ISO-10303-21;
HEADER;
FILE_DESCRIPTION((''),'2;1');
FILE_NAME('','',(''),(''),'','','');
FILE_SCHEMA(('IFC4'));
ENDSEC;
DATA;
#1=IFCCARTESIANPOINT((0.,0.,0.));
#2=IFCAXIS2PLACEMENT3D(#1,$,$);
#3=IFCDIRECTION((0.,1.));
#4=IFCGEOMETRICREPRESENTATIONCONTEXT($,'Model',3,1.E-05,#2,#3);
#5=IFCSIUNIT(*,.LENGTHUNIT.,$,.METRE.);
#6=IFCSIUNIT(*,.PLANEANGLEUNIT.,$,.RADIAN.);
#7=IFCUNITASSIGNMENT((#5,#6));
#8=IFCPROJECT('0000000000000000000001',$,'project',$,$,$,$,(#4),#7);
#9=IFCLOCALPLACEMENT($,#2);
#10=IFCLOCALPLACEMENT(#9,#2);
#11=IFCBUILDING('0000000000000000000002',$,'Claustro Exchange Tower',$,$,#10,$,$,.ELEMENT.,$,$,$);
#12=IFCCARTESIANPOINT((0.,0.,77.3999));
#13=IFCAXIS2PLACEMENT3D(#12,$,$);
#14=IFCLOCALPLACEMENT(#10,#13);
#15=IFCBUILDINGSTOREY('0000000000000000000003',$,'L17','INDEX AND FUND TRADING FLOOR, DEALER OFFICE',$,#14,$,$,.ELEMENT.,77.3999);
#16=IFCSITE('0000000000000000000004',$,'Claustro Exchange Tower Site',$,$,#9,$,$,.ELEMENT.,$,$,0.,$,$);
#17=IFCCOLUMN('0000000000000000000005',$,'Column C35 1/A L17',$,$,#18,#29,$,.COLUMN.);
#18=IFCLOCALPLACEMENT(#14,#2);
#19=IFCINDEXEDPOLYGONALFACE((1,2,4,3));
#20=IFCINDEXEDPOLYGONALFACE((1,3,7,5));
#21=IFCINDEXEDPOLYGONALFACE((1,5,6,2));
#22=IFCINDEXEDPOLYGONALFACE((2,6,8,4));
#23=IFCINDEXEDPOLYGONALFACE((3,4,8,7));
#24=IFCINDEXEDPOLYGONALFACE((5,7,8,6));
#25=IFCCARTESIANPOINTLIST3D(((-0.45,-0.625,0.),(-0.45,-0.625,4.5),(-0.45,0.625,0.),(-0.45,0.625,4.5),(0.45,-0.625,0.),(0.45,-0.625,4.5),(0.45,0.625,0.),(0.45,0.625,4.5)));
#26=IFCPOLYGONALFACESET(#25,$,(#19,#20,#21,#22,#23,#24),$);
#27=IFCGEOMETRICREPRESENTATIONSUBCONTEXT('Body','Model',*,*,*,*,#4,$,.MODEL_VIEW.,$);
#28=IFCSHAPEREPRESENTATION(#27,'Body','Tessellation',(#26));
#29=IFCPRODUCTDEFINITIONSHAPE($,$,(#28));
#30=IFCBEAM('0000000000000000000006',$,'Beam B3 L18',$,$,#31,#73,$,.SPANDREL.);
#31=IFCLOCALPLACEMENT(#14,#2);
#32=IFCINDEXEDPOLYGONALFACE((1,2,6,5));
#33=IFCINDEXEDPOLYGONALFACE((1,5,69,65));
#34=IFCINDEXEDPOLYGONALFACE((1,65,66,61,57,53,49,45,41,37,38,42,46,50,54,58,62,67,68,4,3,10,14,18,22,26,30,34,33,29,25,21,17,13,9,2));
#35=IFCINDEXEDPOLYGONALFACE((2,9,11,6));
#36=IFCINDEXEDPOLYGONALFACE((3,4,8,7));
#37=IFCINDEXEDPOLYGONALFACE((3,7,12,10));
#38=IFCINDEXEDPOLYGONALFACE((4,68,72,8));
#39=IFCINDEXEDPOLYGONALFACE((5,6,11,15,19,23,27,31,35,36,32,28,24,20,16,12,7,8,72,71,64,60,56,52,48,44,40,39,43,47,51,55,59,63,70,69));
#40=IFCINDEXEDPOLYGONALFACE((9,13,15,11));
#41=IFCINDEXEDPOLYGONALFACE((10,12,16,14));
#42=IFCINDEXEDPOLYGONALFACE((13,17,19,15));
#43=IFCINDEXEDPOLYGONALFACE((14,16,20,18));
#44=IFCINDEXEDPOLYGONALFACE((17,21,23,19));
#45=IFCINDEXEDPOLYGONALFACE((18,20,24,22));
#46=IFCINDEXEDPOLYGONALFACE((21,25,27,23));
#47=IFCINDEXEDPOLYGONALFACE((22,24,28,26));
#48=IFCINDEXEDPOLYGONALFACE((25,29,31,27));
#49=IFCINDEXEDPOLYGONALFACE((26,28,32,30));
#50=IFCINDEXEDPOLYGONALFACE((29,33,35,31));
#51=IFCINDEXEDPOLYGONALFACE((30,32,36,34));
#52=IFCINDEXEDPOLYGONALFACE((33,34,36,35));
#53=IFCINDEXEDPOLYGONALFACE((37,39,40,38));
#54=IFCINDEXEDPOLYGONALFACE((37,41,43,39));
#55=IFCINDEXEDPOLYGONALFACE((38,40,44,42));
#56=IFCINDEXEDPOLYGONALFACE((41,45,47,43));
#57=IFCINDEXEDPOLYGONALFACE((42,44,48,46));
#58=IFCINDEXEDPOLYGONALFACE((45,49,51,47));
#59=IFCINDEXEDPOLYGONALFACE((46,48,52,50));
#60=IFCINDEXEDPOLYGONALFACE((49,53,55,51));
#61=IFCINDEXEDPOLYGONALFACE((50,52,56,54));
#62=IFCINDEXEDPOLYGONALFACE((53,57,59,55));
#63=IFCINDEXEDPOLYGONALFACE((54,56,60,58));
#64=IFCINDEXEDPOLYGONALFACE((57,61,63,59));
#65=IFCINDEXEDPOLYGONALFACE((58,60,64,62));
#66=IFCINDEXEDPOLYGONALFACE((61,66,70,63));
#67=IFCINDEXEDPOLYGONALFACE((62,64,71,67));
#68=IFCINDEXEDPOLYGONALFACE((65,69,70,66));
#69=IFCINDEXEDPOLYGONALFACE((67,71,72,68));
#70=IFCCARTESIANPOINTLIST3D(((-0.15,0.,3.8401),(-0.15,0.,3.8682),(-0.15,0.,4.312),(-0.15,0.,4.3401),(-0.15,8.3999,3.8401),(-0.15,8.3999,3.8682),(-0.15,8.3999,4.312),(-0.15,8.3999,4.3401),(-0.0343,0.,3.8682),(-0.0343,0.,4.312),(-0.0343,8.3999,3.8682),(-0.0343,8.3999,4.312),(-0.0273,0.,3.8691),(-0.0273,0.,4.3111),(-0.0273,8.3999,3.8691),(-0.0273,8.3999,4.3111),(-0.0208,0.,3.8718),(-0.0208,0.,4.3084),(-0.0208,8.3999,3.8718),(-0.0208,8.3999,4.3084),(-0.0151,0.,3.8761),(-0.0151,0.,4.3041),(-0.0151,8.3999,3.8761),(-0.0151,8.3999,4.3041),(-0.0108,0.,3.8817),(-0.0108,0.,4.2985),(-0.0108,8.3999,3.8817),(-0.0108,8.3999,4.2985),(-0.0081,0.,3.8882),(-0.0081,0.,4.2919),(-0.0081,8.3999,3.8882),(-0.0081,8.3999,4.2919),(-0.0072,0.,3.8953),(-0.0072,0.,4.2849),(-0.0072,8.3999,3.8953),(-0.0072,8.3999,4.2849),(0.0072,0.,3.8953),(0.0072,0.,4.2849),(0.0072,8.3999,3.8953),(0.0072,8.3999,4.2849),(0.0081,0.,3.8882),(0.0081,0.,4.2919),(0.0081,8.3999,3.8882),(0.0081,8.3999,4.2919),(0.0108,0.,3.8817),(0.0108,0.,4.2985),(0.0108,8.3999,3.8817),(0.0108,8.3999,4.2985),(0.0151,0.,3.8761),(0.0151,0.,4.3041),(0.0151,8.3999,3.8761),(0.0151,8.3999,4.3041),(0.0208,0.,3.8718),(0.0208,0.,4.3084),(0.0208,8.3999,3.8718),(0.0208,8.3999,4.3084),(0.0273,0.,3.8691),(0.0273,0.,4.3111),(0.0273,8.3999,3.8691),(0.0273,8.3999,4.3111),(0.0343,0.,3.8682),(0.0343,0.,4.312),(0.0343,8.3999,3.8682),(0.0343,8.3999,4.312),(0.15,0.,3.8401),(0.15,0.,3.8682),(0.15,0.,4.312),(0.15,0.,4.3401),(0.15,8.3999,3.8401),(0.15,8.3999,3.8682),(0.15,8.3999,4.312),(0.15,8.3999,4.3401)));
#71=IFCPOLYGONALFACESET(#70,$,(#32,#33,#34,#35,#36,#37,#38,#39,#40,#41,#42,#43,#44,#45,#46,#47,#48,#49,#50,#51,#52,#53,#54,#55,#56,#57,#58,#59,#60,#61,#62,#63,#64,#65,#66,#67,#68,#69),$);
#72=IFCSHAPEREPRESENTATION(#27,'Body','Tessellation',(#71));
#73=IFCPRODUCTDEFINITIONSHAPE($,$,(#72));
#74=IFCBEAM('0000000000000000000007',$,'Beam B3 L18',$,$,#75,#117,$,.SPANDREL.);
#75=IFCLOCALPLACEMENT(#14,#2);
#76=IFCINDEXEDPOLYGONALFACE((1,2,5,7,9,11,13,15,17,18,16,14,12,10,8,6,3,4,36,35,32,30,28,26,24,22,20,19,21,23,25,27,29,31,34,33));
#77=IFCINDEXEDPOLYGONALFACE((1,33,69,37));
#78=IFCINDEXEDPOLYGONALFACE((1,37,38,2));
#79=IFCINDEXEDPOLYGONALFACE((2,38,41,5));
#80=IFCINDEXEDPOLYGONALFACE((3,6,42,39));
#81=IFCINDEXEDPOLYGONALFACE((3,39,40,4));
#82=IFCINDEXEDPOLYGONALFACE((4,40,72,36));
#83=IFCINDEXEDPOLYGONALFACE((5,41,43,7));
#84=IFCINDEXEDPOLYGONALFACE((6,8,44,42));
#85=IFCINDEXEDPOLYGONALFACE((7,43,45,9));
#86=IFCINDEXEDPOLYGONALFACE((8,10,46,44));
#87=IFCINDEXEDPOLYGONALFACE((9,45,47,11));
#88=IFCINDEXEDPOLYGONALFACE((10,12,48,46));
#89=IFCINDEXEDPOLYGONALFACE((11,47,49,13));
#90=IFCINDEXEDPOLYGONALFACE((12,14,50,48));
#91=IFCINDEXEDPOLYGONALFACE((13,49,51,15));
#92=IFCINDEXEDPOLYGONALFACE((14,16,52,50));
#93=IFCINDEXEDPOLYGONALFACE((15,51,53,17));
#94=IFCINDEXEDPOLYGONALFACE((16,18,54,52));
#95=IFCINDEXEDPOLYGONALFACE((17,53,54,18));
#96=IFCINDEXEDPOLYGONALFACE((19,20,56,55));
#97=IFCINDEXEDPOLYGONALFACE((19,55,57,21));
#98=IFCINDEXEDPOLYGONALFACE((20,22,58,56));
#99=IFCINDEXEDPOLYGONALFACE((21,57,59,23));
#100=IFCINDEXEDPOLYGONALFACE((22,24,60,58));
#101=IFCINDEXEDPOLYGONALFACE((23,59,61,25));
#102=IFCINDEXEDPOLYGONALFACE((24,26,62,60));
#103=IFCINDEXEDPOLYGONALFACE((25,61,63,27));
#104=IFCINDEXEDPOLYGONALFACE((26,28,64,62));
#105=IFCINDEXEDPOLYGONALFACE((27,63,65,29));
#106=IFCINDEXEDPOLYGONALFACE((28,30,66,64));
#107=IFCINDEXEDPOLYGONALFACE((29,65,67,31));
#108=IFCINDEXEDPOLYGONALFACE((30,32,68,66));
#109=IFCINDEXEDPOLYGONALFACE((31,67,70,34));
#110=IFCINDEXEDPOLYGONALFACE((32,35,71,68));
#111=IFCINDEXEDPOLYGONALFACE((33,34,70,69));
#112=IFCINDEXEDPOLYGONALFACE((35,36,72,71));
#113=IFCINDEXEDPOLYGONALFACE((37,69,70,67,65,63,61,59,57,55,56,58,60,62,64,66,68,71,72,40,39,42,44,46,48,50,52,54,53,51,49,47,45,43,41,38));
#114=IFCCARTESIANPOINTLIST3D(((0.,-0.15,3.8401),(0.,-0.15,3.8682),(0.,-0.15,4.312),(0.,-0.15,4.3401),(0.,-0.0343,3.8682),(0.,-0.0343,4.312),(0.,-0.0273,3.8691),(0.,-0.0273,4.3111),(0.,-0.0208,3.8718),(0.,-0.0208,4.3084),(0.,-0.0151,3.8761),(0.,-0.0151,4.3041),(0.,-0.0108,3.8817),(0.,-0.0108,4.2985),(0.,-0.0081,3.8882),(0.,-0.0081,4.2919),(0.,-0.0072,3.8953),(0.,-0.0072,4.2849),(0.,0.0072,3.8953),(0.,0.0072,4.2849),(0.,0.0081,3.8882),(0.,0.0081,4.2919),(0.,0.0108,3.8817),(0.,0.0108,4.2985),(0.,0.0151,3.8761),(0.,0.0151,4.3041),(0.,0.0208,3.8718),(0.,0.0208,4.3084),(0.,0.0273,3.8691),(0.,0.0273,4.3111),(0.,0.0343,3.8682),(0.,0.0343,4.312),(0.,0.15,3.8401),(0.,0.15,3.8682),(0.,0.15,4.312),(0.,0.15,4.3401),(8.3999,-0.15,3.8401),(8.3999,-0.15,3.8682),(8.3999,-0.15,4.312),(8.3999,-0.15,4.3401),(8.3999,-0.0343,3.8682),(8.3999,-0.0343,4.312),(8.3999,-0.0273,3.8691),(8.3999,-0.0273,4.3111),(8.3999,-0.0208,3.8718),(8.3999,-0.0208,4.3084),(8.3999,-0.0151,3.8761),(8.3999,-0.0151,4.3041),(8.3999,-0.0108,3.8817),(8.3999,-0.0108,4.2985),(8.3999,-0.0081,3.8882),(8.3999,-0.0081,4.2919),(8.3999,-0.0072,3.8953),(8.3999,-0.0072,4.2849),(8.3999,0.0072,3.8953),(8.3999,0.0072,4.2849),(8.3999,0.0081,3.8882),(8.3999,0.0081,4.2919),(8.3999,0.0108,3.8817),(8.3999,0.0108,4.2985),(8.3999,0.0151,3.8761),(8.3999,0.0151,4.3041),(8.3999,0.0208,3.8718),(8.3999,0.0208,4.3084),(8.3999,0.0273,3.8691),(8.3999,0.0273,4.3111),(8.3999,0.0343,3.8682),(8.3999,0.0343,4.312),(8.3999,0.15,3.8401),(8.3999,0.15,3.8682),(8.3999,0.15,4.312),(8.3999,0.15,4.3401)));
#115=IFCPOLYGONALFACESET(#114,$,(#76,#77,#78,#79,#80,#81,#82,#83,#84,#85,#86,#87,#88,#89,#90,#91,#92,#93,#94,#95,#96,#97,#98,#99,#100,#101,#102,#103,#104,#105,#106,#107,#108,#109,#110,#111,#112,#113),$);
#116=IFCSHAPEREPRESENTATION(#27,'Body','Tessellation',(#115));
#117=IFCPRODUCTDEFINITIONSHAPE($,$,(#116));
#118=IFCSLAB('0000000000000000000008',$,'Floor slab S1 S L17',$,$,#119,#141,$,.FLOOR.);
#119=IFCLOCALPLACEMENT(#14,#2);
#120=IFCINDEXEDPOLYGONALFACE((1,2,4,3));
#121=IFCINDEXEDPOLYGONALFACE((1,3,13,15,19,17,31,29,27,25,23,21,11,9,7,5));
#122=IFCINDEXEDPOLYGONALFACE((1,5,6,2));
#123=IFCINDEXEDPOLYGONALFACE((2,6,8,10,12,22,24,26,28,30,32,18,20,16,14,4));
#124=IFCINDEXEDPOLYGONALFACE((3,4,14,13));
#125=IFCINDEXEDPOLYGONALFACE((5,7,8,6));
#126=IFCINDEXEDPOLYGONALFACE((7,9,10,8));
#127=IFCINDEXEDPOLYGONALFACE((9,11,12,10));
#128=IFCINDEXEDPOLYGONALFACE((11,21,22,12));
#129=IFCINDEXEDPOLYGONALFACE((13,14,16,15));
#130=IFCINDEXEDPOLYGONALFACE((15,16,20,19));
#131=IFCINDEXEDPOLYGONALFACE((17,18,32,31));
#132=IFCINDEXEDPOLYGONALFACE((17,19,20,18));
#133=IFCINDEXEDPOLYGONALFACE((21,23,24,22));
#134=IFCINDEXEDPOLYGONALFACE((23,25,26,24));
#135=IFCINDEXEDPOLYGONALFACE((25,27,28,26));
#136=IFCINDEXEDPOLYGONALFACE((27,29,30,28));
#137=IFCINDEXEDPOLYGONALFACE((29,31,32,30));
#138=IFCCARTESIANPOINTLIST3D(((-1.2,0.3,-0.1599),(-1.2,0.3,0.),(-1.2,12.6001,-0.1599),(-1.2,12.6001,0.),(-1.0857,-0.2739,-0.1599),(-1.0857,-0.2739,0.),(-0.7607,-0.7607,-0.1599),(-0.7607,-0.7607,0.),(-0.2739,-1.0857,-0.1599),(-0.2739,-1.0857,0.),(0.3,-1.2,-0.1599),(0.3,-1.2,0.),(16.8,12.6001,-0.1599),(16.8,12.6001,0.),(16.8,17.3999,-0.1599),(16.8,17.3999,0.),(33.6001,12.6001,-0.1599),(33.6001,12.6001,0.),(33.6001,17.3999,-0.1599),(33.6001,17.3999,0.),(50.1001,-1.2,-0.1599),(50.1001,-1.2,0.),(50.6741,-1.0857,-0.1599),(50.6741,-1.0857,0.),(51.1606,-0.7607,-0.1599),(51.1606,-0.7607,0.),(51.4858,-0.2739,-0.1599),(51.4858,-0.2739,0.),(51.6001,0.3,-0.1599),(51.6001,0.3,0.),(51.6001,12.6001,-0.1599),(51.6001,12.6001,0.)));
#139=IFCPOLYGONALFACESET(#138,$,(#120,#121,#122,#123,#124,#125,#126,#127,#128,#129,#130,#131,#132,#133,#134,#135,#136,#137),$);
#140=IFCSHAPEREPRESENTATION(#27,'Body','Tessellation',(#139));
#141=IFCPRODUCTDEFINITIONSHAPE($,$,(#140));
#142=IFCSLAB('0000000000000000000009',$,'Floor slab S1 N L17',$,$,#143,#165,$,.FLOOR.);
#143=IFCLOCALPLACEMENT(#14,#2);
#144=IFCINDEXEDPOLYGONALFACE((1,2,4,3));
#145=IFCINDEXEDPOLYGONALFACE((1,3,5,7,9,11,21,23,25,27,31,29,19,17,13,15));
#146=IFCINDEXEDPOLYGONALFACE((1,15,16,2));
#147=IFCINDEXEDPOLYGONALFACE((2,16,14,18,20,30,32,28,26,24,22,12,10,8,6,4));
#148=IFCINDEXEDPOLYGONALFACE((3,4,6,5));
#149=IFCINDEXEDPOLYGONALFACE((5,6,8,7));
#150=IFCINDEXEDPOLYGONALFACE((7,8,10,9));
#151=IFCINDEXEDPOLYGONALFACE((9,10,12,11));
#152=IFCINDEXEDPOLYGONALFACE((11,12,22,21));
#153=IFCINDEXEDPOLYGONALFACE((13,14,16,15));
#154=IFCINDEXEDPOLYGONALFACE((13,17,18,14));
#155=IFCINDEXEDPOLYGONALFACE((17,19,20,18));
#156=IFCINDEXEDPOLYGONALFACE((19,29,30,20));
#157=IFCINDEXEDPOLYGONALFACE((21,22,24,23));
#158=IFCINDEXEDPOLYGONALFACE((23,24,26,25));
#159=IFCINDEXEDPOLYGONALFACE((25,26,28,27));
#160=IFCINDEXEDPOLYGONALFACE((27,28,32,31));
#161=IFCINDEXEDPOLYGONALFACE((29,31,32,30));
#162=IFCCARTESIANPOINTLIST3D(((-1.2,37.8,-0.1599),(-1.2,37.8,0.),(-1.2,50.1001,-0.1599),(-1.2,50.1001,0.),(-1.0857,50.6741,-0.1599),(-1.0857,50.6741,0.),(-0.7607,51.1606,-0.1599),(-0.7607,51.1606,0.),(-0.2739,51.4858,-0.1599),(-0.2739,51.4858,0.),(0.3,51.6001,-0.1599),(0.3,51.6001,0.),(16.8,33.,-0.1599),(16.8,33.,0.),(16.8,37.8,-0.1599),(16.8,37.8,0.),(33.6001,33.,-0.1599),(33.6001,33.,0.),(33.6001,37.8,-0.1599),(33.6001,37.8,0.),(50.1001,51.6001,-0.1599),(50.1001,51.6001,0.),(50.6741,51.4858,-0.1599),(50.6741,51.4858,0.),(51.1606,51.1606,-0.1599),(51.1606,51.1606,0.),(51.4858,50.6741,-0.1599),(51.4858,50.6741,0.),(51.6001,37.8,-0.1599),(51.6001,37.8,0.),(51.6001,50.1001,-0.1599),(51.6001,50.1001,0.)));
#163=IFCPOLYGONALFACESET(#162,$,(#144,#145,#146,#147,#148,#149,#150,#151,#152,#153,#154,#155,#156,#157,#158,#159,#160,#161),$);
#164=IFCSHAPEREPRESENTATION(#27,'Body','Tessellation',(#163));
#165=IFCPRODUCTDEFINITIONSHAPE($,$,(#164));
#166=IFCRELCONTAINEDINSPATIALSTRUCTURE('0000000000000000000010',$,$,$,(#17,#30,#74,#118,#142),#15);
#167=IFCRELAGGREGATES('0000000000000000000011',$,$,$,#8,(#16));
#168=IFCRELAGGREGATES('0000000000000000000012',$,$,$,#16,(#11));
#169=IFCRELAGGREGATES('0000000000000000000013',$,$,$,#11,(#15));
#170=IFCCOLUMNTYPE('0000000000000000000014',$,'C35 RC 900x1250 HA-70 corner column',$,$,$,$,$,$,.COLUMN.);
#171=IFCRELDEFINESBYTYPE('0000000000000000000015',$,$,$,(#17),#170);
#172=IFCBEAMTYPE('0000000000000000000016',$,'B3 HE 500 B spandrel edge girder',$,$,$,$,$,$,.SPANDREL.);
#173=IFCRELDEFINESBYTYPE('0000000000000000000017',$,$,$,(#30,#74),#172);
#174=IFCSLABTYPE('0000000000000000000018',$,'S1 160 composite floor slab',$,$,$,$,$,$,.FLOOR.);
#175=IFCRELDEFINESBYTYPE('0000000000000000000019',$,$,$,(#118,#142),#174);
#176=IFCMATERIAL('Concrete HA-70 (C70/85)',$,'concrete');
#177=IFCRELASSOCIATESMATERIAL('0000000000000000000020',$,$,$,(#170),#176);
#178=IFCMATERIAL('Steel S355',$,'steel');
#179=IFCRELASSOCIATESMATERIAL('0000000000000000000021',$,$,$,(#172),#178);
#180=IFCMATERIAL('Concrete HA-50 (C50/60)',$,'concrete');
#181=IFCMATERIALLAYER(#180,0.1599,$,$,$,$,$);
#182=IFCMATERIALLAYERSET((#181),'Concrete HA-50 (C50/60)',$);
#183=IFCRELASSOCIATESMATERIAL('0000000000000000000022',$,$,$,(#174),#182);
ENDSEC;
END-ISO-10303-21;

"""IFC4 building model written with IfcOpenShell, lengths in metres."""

from ifc_helpers import new_model, si_unit, direction, frame, origin, origin_with_axes, origin_2d, place, context, subcontext, project, spatial, polyline, rectangle, i_section, outline, extrude, material, layer, layer_set, material_profile, profile_set, type_object, element, save


model = new_model("IFC4")

# Units and contexts
model_context = context("Model", 3, precision=1e-05, world=origin(), true_north=direction((0.0, 1.0)))
body_context = subcontext(model_context, "Body", "Model", "MODEL_VIEW")
ifc_project = project(units=[si_unit("LENGTHUNIT", "METRE"), si_unit("PLANEANGLEUNIT", "RADIAN")], contexts=[model_context])

# Site, building, storey
site_placement = place(None, origin())
site = spatial("IfcSite", under=ifc_project, at=site_placement, Name="Claustro Exchange Tower Site", CompositionType="ELEMENT", RefElevation=0.0)
building_placement = place(site_placement, origin())
building = spatial("IfcBuilding", under=site, at=building_placement, Name="Claustro Exchange Tower", CompositionType="ELEMENT")
storey_placement = place(building_placement, frame((0.0, 0.0, 77.3999)))
storey = spatial("IfcBuildingStorey", under=building, at=storey_placement, Name="L17", Description="INDEX AND FUND TRADING FLOOR, DEALER OFFICE", CompositionType="ELEMENT", Elevation=77.3999)

# Column
ifc_material_1 = material(Name="Concrete HA-70 (C70/85)", Category="concrete")
ifc_material_profile_1 = material_profile(ifc_material_1, rectangle(XDim=0.8999, YDim=1.25, at=origin_2d()), Name="RC 900x1250")
ifc_profile_set_1 = profile_set([ifc_material_profile_1], Name="Concrete HA-70 (C70/85)")
column_type = type_object("IfcColumnType", Name="C35 RC 900x1250 HA-70 corner column", PredefinedType="COLUMN", material=ifc_profile_set_1)
column_placement = place(storey_placement, origin_with_axes())
element("IfcColumn", 1, at=column_placement, inside=storey, type_object=column_type, Name="Column C35 1/A L17", PredefinedType="COLUMN", context=body_context, shape_type="SweptSolid", body=[
    extrude(rectangle(XDim=0.8999, YDim=1.25, at=origin_2d()), origin(), (0.0, 0.0, 1.0), 4.5),
])

# Beams
ifc_material_2 = material(Name="Steel S355", Category="steel")
ifc_material_profile_2 = material_profile(ifc_material_2, i_section(OverallWidth=0.3, OverallDepth=0.5, WebThickness=0.0144, FlangeThickness=0.0281, FilletRadius=0.0271, at=origin_2d()), Name="HE 500 B")
ifc_profile_set_2 = profile_set([ifc_material_profile_2], Name="Steel S355")
beam_type = type_object("IfcBeamType", Name="B3 HE 500 B spandrel edge girder", PredefinedType="SPANDREL", material=ifc_profile_set_2)
for number, where, z_axis, x_axis, name in (
    (2, (0.0, 0.0, 4.0901), (0.0, 1.0, 0.0), (-1.0, 0.0, 0.0), "Beam B3 L18"),
    (3, (0.0, 0.0, 4.0901), (1.0, 0.0, 0.0), (0.0, 1.0, 0.0), "Beam B3 L18"),
):
    element("IfcBeam", number, at=place(storey_placement, frame(where, z_axis=z_axis, x_axis=x_axis)), inside=storey, type_object=beam_type, Name=name, PredefinedType="SPANDREL", context=body_context, shape_type="SweptSolid", body=[
        extrude(i_section(OverallWidth=0.3, OverallDepth=0.5, WebThickness=0.0144, FlangeThickness=0.0281, FilletRadius=0.0271, at=origin_2d()), origin(), (0.0, 0.0, 1.0), 8.3999),
    ])

# Slabs
ifc_material_3 = material(Name="Concrete HA-50 (C50/60)", Category="concrete")
ifc_layer_1 = layer(ifc_material_3, 0.1599)
ifc_layer_set_1 = layer_set([ifc_layer_1], Name="Concrete HA-50 (C50/60)")
slab_type_1 = type_object("IfcSlabType", Name="S1 160 composite floor slab", PredefinedType="FLOOR", material=ifc_layer_set_1)
slab_1_placement = place(storey_placement, frame((0.0, 0.0, -0.1599)))
element("IfcSlab", 4, at=slab_1_placement, inside=storey, type_object=slab_type_1, Name="Floor slab S1 S L17", PredefinedType="FLOOR", context=body_context, shape_type="SweptSolid", body=[
    extrude(outline(polyline([(-0.2739, -1.0857), (0.3, -1.2), (50.1001, -1.2), (50.6741, -1.0857), (51.1606, -0.7607), (51.4858, -0.2739), (51.6001, 0.3), (51.6001, 12.6001), (33.6001, 12.6001), (33.6001, 17.3999), (16.8, 17.3999), (16.8, 12.6001), (-1.2, 12.6001), (-1.2, 0.3), (-1.0857, -0.2739), (-0.7607, -0.7607), (-0.2739, -1.0857)])), origin(), (0.0, 0.0, 1.0), 0.1599),
])
slab_2_placement = place(storey_placement, frame((0.0, 0.0, -0.1599)))
element("IfcSlab", 5, at=slab_2_placement, inside=storey, type_object=slab_type_1, Name="Floor slab S1 N L17", PredefinedType="FLOOR", context=body_context, shape_type="SweptSolid", body=[
    extrude(outline(polyline([(16.8, 37.8), (16.8, 33.0), (33.6001, 33.0), (33.6001, 37.8), (51.6001, 37.8), (51.6001, 50.1001), (51.4858, 50.6741), (51.1606, 51.1606), (50.6741, 51.4858), (50.1001, 51.6001), (0.3, 51.6001), (-0.2739, 51.4858), (-0.7607, 51.1606), (-1.0857, 50.6741), (-1.2, 50.1001), (-1.2, 37.8), (16.8, 37.8)])), origin(), (0.0, 0.0, 1.0), 0.1599),
])

save(model, "model.ifc")
